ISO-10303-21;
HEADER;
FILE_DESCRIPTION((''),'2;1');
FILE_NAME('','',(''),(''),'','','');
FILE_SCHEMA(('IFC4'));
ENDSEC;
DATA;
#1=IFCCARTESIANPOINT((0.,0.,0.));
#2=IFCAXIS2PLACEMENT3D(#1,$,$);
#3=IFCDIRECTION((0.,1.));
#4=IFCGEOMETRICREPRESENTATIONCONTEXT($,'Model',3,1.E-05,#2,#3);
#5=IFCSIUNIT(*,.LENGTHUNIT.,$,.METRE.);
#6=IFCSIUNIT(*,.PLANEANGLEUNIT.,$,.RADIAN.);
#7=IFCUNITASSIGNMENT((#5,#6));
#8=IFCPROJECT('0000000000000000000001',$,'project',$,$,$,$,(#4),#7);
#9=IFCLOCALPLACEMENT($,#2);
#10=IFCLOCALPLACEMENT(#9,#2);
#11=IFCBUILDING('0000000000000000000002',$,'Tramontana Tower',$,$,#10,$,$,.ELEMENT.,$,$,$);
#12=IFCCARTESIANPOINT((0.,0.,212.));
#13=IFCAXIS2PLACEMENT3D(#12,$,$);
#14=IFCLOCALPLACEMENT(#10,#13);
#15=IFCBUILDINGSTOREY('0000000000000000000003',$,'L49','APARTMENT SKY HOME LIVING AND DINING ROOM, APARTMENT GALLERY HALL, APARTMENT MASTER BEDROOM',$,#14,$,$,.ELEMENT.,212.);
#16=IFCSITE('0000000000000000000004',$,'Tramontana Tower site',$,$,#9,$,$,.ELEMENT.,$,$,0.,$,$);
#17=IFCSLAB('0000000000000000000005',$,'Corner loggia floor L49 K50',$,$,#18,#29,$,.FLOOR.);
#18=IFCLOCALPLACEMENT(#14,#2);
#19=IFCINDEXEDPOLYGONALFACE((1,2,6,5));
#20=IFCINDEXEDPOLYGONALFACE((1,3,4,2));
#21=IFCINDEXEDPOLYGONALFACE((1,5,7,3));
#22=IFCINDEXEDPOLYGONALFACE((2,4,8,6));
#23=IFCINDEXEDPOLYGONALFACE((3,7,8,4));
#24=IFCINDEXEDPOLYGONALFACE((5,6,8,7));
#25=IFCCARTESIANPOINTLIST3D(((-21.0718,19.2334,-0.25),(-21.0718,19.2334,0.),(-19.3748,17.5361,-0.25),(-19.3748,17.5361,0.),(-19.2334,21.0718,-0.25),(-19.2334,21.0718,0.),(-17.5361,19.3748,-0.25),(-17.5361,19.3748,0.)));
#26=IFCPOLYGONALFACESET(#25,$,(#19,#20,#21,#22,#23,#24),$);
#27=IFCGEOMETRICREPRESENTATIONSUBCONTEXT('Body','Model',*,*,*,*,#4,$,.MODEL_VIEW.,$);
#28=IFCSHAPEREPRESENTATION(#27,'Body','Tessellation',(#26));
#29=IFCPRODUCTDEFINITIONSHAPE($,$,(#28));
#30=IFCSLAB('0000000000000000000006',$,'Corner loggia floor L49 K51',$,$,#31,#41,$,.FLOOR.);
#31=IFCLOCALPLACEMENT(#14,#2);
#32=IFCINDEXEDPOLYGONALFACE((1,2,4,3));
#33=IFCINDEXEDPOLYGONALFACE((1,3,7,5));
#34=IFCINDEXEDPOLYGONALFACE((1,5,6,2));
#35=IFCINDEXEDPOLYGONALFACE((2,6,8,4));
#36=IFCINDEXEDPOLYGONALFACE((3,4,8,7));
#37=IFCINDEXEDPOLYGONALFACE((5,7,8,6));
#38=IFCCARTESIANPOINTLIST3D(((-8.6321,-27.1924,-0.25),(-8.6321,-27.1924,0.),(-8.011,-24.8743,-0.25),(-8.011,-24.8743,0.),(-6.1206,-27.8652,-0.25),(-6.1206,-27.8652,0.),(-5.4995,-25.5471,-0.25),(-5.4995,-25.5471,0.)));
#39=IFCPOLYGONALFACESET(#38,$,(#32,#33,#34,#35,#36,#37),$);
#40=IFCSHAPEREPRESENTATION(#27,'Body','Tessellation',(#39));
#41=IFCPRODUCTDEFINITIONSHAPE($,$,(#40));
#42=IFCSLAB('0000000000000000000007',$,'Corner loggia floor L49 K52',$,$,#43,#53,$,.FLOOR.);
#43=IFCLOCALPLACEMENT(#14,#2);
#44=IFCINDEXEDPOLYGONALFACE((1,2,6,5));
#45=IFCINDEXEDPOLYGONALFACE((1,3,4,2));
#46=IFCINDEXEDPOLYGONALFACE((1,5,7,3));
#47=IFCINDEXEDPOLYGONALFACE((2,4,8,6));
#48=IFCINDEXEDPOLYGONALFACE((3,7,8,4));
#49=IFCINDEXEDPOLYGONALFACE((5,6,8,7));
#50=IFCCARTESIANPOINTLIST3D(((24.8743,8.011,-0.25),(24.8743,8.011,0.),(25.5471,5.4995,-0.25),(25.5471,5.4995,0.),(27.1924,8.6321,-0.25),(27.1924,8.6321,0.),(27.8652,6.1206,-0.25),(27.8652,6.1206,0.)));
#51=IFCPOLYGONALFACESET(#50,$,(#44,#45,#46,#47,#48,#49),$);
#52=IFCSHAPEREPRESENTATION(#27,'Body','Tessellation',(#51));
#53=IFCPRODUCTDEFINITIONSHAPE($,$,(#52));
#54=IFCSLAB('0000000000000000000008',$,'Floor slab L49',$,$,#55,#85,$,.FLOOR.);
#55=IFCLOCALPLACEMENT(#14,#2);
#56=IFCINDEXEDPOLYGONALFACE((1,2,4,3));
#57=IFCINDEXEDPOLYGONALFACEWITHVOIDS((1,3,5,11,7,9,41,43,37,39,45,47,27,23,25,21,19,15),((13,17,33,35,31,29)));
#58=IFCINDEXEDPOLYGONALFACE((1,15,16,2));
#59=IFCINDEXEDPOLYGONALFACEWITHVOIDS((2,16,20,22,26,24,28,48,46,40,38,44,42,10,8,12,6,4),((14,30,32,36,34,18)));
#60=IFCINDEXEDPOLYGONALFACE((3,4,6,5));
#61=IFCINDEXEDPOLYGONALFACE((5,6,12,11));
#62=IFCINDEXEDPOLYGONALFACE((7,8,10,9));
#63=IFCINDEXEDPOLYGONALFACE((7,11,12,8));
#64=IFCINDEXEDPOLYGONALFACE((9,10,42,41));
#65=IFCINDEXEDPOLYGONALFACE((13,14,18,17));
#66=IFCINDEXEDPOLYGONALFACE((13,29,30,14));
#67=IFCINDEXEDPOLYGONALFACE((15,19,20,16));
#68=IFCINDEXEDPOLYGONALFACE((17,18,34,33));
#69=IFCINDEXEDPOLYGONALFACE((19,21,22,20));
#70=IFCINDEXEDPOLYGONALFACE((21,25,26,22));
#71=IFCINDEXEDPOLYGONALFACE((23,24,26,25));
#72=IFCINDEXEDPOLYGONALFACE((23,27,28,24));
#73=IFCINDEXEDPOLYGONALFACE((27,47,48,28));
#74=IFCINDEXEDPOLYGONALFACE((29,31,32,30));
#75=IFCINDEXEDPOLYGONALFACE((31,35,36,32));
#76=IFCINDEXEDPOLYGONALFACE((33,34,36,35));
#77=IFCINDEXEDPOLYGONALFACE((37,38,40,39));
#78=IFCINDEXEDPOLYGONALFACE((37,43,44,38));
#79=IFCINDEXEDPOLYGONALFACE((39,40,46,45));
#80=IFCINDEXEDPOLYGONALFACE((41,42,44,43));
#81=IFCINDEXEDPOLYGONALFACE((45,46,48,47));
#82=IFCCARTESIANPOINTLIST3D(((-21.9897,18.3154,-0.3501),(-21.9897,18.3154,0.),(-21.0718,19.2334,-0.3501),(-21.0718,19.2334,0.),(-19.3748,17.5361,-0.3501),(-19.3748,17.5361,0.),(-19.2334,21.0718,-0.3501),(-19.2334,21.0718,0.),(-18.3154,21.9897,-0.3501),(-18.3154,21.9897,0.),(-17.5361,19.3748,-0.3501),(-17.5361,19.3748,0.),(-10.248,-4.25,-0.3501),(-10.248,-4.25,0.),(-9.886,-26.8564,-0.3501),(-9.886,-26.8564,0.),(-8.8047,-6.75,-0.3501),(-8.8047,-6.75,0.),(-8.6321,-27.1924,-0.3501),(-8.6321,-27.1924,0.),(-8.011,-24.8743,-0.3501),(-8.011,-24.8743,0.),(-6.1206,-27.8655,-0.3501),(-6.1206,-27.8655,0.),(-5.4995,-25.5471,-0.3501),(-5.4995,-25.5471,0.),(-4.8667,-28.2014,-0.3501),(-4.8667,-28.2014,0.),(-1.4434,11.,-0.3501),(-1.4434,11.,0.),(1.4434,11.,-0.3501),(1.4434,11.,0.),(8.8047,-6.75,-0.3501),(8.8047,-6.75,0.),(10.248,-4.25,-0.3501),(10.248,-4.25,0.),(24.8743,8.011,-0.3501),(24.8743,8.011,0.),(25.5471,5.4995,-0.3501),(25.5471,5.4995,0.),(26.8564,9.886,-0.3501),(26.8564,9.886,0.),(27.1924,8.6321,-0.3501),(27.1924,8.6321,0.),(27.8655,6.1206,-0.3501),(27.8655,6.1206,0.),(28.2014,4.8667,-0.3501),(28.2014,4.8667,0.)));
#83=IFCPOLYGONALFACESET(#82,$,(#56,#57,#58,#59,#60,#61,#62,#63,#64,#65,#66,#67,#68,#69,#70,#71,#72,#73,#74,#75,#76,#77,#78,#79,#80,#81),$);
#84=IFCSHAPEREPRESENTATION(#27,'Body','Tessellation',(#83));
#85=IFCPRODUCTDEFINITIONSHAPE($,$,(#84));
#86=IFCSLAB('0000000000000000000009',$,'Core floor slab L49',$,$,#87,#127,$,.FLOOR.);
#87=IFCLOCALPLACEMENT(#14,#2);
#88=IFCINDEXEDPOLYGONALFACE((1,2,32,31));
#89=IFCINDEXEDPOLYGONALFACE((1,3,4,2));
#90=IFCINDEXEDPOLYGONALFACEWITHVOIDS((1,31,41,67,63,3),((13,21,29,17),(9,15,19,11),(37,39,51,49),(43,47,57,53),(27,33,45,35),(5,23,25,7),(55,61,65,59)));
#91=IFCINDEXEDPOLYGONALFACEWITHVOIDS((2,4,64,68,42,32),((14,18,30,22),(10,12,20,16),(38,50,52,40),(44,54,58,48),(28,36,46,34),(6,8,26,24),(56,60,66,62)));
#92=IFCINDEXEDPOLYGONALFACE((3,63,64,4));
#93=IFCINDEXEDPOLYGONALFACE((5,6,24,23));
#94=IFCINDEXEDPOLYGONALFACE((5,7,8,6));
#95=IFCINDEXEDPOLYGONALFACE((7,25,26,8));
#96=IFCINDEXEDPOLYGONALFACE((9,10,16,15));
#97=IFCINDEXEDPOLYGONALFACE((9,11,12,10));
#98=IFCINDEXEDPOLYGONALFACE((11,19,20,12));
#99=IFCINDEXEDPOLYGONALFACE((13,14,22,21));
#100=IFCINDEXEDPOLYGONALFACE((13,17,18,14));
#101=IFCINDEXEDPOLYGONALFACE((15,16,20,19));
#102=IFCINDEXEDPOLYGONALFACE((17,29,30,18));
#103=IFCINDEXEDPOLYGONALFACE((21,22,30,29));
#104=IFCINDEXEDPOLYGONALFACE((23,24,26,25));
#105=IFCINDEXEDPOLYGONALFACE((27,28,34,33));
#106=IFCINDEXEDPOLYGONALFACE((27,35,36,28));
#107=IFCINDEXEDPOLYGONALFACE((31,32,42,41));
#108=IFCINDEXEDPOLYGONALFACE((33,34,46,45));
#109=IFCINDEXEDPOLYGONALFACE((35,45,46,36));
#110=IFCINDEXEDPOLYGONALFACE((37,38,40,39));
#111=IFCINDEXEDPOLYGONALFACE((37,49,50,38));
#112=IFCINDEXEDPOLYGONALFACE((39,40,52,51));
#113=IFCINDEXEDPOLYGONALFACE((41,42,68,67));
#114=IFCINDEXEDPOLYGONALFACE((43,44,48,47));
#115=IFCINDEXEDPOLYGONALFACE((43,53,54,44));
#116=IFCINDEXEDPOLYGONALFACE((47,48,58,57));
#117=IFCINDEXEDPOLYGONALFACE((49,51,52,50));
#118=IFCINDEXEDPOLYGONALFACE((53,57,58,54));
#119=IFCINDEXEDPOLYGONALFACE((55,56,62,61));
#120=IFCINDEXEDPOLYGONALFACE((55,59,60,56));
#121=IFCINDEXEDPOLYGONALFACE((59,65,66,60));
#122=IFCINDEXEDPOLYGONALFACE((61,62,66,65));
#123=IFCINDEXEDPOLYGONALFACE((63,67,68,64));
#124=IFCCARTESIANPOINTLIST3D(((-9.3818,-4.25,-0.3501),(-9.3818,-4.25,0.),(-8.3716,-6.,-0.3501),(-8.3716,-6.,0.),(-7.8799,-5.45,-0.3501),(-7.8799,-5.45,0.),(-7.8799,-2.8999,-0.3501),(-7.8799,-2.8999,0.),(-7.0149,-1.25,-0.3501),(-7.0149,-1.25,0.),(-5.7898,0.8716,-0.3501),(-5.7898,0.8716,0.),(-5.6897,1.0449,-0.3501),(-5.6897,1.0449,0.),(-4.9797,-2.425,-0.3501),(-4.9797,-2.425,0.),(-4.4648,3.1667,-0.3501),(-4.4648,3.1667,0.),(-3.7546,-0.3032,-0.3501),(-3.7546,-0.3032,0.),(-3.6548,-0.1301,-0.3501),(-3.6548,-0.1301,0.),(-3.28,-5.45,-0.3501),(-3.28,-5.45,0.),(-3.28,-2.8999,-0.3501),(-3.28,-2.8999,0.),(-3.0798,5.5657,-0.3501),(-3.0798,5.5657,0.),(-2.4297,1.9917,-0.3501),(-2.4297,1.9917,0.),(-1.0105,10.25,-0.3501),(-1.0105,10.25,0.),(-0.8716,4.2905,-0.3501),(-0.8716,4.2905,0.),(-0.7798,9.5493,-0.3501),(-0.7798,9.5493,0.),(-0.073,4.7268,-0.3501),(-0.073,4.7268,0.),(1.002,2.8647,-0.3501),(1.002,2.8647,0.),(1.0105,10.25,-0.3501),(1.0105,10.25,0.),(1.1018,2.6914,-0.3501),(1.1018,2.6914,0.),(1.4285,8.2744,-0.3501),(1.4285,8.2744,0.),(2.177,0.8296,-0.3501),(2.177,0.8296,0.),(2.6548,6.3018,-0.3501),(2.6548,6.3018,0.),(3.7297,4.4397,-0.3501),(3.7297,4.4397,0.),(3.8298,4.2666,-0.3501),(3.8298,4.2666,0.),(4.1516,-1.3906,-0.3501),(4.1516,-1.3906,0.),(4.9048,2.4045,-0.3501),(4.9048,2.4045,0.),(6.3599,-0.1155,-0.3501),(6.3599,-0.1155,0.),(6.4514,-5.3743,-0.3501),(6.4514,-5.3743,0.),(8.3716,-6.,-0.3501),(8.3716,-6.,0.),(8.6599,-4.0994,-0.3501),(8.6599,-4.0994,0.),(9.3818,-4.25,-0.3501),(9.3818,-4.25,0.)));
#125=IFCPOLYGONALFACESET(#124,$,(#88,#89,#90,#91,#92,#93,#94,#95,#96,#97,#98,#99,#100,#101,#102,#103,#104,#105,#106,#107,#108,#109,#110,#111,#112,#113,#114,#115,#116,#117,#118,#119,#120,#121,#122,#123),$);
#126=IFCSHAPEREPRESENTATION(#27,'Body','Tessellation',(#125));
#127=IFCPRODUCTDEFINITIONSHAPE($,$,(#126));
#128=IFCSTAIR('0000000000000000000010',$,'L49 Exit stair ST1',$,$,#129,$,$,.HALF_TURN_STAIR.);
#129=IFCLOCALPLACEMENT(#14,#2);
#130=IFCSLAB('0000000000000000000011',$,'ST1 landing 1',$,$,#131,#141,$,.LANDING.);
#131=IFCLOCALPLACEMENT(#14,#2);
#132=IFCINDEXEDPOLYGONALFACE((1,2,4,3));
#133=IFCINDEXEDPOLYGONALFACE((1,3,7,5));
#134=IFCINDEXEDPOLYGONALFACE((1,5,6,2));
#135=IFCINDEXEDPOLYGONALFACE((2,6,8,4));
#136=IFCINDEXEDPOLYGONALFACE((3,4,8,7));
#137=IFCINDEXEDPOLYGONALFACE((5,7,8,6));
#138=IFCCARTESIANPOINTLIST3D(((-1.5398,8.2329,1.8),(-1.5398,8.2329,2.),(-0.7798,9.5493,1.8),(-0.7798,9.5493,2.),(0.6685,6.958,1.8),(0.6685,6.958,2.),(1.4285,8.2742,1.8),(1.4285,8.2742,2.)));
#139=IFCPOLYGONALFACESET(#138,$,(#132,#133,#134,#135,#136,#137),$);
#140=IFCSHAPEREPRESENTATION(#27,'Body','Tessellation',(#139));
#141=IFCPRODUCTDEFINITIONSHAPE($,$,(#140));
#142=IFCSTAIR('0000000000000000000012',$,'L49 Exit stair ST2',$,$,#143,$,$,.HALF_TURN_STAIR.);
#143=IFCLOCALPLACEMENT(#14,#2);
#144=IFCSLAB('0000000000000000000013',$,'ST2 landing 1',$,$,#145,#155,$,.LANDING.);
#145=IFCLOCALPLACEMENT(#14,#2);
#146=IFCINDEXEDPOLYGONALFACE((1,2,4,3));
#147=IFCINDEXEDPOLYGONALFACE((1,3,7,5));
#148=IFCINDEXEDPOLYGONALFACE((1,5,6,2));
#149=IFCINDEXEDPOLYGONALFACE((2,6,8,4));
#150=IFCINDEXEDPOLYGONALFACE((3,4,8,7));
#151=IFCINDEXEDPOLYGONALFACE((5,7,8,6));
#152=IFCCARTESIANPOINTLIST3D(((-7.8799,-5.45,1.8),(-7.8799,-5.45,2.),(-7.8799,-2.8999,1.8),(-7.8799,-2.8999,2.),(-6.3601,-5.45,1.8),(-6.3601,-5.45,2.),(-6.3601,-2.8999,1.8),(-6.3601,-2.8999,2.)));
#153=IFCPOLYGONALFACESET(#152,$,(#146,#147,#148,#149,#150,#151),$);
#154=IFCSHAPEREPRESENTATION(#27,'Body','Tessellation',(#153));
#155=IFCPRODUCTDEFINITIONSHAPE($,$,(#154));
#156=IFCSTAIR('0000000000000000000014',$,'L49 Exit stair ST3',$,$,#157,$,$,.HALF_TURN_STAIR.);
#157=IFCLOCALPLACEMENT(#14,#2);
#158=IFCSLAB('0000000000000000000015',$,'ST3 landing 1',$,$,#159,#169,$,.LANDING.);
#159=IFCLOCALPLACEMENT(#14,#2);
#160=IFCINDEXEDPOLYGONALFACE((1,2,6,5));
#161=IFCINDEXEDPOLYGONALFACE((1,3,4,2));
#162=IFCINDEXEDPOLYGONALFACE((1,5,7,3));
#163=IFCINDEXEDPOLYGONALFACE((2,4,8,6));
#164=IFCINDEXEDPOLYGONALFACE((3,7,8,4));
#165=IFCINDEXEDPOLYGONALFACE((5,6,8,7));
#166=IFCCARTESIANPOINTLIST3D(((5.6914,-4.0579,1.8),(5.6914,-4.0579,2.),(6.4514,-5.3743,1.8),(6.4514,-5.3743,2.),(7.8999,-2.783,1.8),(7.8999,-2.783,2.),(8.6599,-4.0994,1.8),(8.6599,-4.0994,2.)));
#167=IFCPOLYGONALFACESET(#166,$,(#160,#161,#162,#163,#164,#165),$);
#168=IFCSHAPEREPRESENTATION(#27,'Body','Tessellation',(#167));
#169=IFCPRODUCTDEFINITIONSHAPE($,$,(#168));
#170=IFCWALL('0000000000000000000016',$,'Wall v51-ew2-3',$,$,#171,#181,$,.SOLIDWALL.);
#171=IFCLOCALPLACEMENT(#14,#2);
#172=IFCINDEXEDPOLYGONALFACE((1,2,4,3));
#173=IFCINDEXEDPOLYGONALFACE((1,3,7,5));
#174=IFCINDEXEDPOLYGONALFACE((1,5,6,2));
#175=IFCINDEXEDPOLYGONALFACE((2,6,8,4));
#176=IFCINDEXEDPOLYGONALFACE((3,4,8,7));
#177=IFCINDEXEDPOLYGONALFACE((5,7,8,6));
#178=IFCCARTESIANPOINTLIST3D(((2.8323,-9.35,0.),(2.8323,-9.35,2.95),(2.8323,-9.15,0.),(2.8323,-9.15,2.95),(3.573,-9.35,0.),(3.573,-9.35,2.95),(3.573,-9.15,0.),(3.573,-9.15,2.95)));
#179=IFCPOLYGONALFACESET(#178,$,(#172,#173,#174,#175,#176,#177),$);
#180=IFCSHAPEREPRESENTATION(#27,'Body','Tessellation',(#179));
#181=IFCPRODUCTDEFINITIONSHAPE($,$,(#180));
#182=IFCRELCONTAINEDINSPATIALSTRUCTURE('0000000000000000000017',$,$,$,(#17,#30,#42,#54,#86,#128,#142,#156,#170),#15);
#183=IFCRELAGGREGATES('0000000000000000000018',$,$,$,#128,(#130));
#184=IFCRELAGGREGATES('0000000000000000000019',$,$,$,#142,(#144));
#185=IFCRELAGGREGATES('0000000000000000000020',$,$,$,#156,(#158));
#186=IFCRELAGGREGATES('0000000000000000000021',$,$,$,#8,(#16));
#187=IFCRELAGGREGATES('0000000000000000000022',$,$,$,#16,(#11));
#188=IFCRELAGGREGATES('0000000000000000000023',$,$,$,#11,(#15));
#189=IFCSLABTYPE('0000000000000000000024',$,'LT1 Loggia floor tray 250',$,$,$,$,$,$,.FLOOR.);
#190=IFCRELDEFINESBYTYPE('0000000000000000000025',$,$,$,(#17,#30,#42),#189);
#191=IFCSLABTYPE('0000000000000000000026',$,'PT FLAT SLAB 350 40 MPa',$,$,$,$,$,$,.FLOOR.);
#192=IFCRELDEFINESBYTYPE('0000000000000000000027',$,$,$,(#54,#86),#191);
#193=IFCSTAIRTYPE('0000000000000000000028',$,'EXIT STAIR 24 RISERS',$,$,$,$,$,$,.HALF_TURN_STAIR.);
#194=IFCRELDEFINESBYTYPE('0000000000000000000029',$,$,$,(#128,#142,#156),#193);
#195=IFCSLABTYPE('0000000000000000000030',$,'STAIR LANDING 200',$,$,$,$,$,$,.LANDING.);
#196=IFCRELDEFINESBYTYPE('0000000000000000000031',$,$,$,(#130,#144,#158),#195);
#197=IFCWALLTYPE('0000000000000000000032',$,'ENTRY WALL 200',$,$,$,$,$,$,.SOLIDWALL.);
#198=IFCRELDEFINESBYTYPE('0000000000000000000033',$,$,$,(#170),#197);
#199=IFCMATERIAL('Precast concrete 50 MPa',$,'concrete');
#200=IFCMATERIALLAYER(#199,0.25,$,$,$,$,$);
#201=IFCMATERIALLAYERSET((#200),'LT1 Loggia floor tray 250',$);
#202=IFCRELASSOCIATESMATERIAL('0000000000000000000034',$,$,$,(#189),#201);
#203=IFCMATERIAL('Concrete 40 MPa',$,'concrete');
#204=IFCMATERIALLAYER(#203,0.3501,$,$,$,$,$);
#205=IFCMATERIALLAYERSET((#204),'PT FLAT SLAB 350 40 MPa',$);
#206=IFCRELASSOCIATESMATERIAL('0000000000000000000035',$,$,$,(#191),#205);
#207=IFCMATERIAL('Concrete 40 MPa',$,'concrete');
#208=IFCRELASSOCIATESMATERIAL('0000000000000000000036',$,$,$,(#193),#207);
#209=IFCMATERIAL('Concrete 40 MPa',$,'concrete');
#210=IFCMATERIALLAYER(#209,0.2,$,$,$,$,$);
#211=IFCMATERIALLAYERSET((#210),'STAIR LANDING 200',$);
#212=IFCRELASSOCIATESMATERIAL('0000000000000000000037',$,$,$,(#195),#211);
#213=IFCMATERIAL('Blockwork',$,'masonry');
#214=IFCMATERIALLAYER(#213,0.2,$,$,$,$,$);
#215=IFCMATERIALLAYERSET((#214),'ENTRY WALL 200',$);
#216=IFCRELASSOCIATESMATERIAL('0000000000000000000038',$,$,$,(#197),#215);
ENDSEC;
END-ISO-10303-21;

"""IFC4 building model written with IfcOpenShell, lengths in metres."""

from ifc_helpers import new_model, si_unit, direction, frame, frame_2d, origin, place, context, subcontext, project, spatial, polyline, rectangle, outline, extrude, material, layer, layer_set, type_object, element, aggregate, save


model = new_model("IFC4")

# Units and contexts
model_context = context("Model", 3, precision=1e-05, world=origin(), true_north=direction((0.0, 1.0)))
body_context = subcontext(model_context, "Body", "Model", "MODEL_VIEW")
ifc_project = project(units=[si_unit("LENGTHUNIT", "METRE"), si_unit("PLANEANGLEUNIT", "RADIAN")], contexts=[model_context])

# Site, building, storey
site_placement = place(None, origin())
site = spatial("IfcSite", under=ifc_project, at=site_placement, Name="Tramontana Tower site", CompositionType="ELEMENT", RefElevation=0.0)
building_placement = place(site_placement, origin())
building = spatial("IfcBuilding", under=site, at=building_placement, Name="Tramontana Tower", CompositionType="ELEMENT")
storey_placement = place(building_placement, frame((0.0, 0.0, 212.0)))
storey = spatial("IfcBuildingStorey", under=building, at=storey_placement, Name="L49", Description="APARTMENT SKY HOME LIVING AND DINING ROOM, APARTMENT GALLERY HALL, APARTMENT MASTER BEDROOM", CompositionType="ELEMENT", Elevation=212.0)

# Slabs
ifc_material_1 = material(Name="Precast concrete 50 MPa", Category="concrete")
ifc_layer_1 = layer(ifc_material_1, 0.25)
ifc_layer_set_1 = layer_set([ifc_layer_1], Name="LT1 Loggia floor tray 250")
slab_type_1 = type_object("IfcSlabType", Name="LT1 Loggia floor tray 250", PredefinedType="FLOOR", material=ifc_layer_set_1)
slab_1_placement = place(storey_placement, frame((0.0, 0.0, -0.25)))
element("IfcSlab", 1, at=slab_1_placement, inside=storey, type_object=slab_type_1, Name="Corner loggia floor L49 K50", PredefinedType="FLOOR", context=body_context, shape_type="SweptSolid", body=[
    extrude(outline(polyline([(-19.2334, 21.0718), (-17.5361, 19.3748), (-19.3748, 17.5361), (-21.0718, 19.2334), (-19.2334, 21.0718)])), origin(), (0.0, 0.0, 1.0), 0.25),
])
slab_2_placement = place(storey_placement, frame((0.0, 0.0, -0.25)))
element("IfcSlab", 2, at=slab_2_placement, inside=storey, type_object=slab_type_1, Name="Corner loggia floor L49 K51", PredefinedType="FLOOR", context=body_context, shape_type="SweptSolid", body=[
    extrude(outline(polyline([(-8.6321, -27.1924), (-8.011, -24.8743), (-5.4995, -25.5471), (-6.1206, -27.8652), (-8.6321, -27.1924)])), origin(), (0.0, 0.0, 1.0), 0.25),
])
slab_3_placement = place(storey_placement, frame((0.0, 0.0, -0.25)))
element("IfcSlab", 3, at=slab_3_placement, inside=storey, type_object=slab_type_1, Name="Corner loggia floor L49 K52", PredefinedType="FLOOR", context=body_context, shape_type="SweptSolid", body=[
    extrude(outline(polyline([(27.8652, 6.1206), (25.5471, 5.4995), (24.8743, 8.011), (27.1924, 8.6321), (27.8652, 6.1206)])), origin(), (0.0, 0.0, 1.0), 0.25),
])
ifc_material_2 = material(Name="Concrete 40 MPa", Category="concrete")
ifc_layer_2 = layer(ifc_material_2, 0.3501)
ifc_layer_set_2 = layer_set([ifc_layer_2], Name="PT FLAT SLAB 350 40 MPa")
slab_type_2 = type_object("IfcSlabType", Name="PT FLAT SLAB 350 40 MPa", PredefinedType="FLOOR", material=ifc_layer_set_2)
slab_4_placement = place(storey_placement, frame((0.0, 0.0, -0.3501)))
element("IfcSlab", 4, at=slab_4_placement, inside=storey, type_object=slab_type_2, Name="Floor slab L49", PredefinedType="FLOOR", context=body_context, shape_type="SweptSolid", body=[
    extrude(outline(polyline([(27.1924, 8.6321), (24.8743, 8.011), (25.5471, 5.4995), (27.8655, 6.1206), (28.2014, 4.8667), (-4.8667, -28.2014), (-6.1206, -27.8655), (-5.4995, -25.5471), (-8.011, -24.8743), (-8.6321, -27.1924), (-9.886, -26.8564), (-21.9897, 18.3154), (-21.0718, 19.2334), (-19.3748, 17.5361), (-17.5361, 19.3748), (-19.2334, 21.0718), (-18.3154, 21.9897), (26.8564, 9.886), (27.1924, 8.6321)]), holes=[polyline([(-10.248, -4.25), (-8.8047, -6.75), (8.8047, -6.75), (10.248, -4.25), (1.4434, 11.0), (-1.4434, 11.0), (-10.248, -4.25)])]), origin(), (0.0, 0.0, 1.0), 0.3501),
])
slab_5_placement = place(storey_placement, frame((0.0, 0.0, -0.3501)))
element("IfcSlab", 5, at=slab_5_placement, inside=storey, type_object=slab_type_2, Name="Core floor slab L49", PredefinedType="FLOOR", context=body_context, shape_type="SweptSolid", body=[
    extrude(outline(polyline([(9.3818, -4.25), (8.3716, -6.0), (-8.3716, -6.0), (-9.3818, -4.25), (-1.0105, 10.25), (1.0105, 10.25), (9.3818, -4.25)]), holes=[polyline([(8.6599, -4.0994), (6.3599, -0.1155), (4.1516, -1.3906), (6.4514, -5.3743), (8.6599, -4.0994)]), polyline([(3.8298, 4.2666), (1.1018, 2.6914), (2.177, 0.8296), (4.9048, 2.4045), (3.8298, 4.2666)]), polyline([(2.6548, 6.3018), (-0.073, 4.7268), (1.002, 2.8647), (3.7297, 4.4397), (2.6548, 6.3018)]), polyline([(-0.7798, 9.5493), (-3.0798, 5.5657), (-0.8716, 4.2905), (1.4285, 8.2744), (-0.7798, 9.5493)]), polyline([(-5.6897, 1.0449), (-3.6548, -0.1301), (-2.4297, 1.9917), (-4.4648, 3.1667), (-5.6897, 1.0449)]), polyline([(-3.28, -5.45), (-3.28, -2.8999), (-7.8799, -2.8999), (-7.8799, -5.45), (-3.28, -5.45)]), polyline([(-7.0149, -1.25), (-4.9797, -2.425), (-3.7546, -0.3032), (-5.7898, 0.8716), (-7.0149, -1.25)])]), origin(), (0.0, 0.0, 1.0), 0.3501),
])

# Stairs, slabs
ifc_material_3 = material(Name="Concrete 40 MPa", Category="concrete")
stair_type = type_object("IfcStairType", Name="EXIT STAIR 24 RISERS", PredefinedType="HALF_TURN_STAIR", material=ifc_material_3)
stair_1_placement = place(storey_placement, origin())
stair_1 = element("IfcStair", 6, at=stair_1_placement, inside=storey, type_object=stair_type, Name="L49 Exit stair ST1", PredefinedType="HALF_TURN_STAIR")
ifc_material_4 = material(Name="Concrete 40 MPa", Category="concrete")
ifc_layer_3 = layer(ifc_material_4, 0.2)
ifc_layer_set_3 = layer_set([ifc_layer_3], Name="STAIR LANDING 200")
slab_type_3 = type_object("IfcSlabType", Name="STAIR LANDING 200", PredefinedType="LANDING", material=ifc_layer_set_3)
slab_6_placement = place(storey_placement, frame((0.0, 0.0, 1.8)))
slab_6 = element("IfcSlab", 7, at=slab_6_placement, type_object=slab_type_3, Name="ST1 landing 1", PredefinedType="LANDING", context=body_context, shape_type="SweptSolid", body=[
    extrude(outline(polyline([(0.6685, 6.958), (1.4285, 8.2742), (-0.7798, 9.5493), (-1.5398, 8.2329), (0.6685, 6.958)])), origin(), (0.0, 0.0, 1.0), 0.2),
])
aggregate(stair_1, [slab_6])
stair_2_placement = place(storey_placement, origin())
stair_2 = element("IfcStair", 8, at=stair_2_placement, inside=storey, type_object=stair_type, Name="L49 Exit stair ST2", PredefinedType="HALF_TURN_STAIR")
slab_7_placement = place(storey_placement, frame((0.0, 0.0, 1.8)))
slab_7 = element("IfcSlab", 9, at=slab_7_placement, type_object=slab_type_3, Name="ST2 landing 1", PredefinedType="LANDING", context=body_context, shape_type="SweptSolid", body=[
    extrude(outline(polyline([(-6.3601, -2.8999), (-7.8799, -2.8999), (-7.8799, -5.45), (-6.3601, -5.45), (-6.3601, -2.8999)])), origin(), (0.0, 0.0, 1.0), 0.2),
])
aggregate(stair_2, [slab_7])
stair_3_placement = place(storey_placement, origin())
stair_3 = element("IfcStair", 10, at=stair_3_placement, inside=storey, type_object=stair_type, Name="L49 Exit stair ST3", PredefinedType="HALF_TURN_STAIR")
slab_8_placement = place(storey_placement, frame((0.0, 0.0, 1.8)))
slab_8 = element("IfcSlab", 11, at=slab_8_placement, type_object=slab_type_3, Name="ST3 landing 1", PredefinedType="LANDING", context=body_context, shape_type="SweptSolid", body=[
    extrude(outline(polyline([(5.6914, -4.0579), (6.4514, -5.3743), (8.6599, -4.0994), (7.8999, -2.783), (5.6914, -4.0579)])), origin(), (0.0, 0.0, 1.0), 0.2),
])

# Wall
ifc_material_5 = material(Name="Blockwork", Category="masonry")
ifc_layer_4 = layer(ifc_material_5, 0.2)
ifc_layer_set_4 = layer_set([ifc_layer_4], Name="ENTRY WALL 200")
wall_type_1 = type_object("IfcWallType", Name="ENTRY WALL 200", PredefinedType="SOLIDWALL", material=ifc_layer_set_4)
wall_1_placement = place(storey_placement, frame((3.573, -9.25, 0.0), z_axis=(0.0, 0.0, 1.0), x_axis=(-1.0, 0.0, 0.0)))
element("IfcWall", 12, at=wall_1_placement, inside=storey, type_object=wall_type_1, Name="Wall v51-ew2-3", PredefinedType="SOLIDWALL", context=body_context, shape_type="SweptSolid", body=[
    extrude(rectangle(XDim=0.7407, YDim=0.2, at=frame_2d((0.3704, 0.0))), origin(), (0.0, 0.0, 1.0), 2.95),
])

aggregate(stair_3, [slab_8])

save(model, "model.ifc")
